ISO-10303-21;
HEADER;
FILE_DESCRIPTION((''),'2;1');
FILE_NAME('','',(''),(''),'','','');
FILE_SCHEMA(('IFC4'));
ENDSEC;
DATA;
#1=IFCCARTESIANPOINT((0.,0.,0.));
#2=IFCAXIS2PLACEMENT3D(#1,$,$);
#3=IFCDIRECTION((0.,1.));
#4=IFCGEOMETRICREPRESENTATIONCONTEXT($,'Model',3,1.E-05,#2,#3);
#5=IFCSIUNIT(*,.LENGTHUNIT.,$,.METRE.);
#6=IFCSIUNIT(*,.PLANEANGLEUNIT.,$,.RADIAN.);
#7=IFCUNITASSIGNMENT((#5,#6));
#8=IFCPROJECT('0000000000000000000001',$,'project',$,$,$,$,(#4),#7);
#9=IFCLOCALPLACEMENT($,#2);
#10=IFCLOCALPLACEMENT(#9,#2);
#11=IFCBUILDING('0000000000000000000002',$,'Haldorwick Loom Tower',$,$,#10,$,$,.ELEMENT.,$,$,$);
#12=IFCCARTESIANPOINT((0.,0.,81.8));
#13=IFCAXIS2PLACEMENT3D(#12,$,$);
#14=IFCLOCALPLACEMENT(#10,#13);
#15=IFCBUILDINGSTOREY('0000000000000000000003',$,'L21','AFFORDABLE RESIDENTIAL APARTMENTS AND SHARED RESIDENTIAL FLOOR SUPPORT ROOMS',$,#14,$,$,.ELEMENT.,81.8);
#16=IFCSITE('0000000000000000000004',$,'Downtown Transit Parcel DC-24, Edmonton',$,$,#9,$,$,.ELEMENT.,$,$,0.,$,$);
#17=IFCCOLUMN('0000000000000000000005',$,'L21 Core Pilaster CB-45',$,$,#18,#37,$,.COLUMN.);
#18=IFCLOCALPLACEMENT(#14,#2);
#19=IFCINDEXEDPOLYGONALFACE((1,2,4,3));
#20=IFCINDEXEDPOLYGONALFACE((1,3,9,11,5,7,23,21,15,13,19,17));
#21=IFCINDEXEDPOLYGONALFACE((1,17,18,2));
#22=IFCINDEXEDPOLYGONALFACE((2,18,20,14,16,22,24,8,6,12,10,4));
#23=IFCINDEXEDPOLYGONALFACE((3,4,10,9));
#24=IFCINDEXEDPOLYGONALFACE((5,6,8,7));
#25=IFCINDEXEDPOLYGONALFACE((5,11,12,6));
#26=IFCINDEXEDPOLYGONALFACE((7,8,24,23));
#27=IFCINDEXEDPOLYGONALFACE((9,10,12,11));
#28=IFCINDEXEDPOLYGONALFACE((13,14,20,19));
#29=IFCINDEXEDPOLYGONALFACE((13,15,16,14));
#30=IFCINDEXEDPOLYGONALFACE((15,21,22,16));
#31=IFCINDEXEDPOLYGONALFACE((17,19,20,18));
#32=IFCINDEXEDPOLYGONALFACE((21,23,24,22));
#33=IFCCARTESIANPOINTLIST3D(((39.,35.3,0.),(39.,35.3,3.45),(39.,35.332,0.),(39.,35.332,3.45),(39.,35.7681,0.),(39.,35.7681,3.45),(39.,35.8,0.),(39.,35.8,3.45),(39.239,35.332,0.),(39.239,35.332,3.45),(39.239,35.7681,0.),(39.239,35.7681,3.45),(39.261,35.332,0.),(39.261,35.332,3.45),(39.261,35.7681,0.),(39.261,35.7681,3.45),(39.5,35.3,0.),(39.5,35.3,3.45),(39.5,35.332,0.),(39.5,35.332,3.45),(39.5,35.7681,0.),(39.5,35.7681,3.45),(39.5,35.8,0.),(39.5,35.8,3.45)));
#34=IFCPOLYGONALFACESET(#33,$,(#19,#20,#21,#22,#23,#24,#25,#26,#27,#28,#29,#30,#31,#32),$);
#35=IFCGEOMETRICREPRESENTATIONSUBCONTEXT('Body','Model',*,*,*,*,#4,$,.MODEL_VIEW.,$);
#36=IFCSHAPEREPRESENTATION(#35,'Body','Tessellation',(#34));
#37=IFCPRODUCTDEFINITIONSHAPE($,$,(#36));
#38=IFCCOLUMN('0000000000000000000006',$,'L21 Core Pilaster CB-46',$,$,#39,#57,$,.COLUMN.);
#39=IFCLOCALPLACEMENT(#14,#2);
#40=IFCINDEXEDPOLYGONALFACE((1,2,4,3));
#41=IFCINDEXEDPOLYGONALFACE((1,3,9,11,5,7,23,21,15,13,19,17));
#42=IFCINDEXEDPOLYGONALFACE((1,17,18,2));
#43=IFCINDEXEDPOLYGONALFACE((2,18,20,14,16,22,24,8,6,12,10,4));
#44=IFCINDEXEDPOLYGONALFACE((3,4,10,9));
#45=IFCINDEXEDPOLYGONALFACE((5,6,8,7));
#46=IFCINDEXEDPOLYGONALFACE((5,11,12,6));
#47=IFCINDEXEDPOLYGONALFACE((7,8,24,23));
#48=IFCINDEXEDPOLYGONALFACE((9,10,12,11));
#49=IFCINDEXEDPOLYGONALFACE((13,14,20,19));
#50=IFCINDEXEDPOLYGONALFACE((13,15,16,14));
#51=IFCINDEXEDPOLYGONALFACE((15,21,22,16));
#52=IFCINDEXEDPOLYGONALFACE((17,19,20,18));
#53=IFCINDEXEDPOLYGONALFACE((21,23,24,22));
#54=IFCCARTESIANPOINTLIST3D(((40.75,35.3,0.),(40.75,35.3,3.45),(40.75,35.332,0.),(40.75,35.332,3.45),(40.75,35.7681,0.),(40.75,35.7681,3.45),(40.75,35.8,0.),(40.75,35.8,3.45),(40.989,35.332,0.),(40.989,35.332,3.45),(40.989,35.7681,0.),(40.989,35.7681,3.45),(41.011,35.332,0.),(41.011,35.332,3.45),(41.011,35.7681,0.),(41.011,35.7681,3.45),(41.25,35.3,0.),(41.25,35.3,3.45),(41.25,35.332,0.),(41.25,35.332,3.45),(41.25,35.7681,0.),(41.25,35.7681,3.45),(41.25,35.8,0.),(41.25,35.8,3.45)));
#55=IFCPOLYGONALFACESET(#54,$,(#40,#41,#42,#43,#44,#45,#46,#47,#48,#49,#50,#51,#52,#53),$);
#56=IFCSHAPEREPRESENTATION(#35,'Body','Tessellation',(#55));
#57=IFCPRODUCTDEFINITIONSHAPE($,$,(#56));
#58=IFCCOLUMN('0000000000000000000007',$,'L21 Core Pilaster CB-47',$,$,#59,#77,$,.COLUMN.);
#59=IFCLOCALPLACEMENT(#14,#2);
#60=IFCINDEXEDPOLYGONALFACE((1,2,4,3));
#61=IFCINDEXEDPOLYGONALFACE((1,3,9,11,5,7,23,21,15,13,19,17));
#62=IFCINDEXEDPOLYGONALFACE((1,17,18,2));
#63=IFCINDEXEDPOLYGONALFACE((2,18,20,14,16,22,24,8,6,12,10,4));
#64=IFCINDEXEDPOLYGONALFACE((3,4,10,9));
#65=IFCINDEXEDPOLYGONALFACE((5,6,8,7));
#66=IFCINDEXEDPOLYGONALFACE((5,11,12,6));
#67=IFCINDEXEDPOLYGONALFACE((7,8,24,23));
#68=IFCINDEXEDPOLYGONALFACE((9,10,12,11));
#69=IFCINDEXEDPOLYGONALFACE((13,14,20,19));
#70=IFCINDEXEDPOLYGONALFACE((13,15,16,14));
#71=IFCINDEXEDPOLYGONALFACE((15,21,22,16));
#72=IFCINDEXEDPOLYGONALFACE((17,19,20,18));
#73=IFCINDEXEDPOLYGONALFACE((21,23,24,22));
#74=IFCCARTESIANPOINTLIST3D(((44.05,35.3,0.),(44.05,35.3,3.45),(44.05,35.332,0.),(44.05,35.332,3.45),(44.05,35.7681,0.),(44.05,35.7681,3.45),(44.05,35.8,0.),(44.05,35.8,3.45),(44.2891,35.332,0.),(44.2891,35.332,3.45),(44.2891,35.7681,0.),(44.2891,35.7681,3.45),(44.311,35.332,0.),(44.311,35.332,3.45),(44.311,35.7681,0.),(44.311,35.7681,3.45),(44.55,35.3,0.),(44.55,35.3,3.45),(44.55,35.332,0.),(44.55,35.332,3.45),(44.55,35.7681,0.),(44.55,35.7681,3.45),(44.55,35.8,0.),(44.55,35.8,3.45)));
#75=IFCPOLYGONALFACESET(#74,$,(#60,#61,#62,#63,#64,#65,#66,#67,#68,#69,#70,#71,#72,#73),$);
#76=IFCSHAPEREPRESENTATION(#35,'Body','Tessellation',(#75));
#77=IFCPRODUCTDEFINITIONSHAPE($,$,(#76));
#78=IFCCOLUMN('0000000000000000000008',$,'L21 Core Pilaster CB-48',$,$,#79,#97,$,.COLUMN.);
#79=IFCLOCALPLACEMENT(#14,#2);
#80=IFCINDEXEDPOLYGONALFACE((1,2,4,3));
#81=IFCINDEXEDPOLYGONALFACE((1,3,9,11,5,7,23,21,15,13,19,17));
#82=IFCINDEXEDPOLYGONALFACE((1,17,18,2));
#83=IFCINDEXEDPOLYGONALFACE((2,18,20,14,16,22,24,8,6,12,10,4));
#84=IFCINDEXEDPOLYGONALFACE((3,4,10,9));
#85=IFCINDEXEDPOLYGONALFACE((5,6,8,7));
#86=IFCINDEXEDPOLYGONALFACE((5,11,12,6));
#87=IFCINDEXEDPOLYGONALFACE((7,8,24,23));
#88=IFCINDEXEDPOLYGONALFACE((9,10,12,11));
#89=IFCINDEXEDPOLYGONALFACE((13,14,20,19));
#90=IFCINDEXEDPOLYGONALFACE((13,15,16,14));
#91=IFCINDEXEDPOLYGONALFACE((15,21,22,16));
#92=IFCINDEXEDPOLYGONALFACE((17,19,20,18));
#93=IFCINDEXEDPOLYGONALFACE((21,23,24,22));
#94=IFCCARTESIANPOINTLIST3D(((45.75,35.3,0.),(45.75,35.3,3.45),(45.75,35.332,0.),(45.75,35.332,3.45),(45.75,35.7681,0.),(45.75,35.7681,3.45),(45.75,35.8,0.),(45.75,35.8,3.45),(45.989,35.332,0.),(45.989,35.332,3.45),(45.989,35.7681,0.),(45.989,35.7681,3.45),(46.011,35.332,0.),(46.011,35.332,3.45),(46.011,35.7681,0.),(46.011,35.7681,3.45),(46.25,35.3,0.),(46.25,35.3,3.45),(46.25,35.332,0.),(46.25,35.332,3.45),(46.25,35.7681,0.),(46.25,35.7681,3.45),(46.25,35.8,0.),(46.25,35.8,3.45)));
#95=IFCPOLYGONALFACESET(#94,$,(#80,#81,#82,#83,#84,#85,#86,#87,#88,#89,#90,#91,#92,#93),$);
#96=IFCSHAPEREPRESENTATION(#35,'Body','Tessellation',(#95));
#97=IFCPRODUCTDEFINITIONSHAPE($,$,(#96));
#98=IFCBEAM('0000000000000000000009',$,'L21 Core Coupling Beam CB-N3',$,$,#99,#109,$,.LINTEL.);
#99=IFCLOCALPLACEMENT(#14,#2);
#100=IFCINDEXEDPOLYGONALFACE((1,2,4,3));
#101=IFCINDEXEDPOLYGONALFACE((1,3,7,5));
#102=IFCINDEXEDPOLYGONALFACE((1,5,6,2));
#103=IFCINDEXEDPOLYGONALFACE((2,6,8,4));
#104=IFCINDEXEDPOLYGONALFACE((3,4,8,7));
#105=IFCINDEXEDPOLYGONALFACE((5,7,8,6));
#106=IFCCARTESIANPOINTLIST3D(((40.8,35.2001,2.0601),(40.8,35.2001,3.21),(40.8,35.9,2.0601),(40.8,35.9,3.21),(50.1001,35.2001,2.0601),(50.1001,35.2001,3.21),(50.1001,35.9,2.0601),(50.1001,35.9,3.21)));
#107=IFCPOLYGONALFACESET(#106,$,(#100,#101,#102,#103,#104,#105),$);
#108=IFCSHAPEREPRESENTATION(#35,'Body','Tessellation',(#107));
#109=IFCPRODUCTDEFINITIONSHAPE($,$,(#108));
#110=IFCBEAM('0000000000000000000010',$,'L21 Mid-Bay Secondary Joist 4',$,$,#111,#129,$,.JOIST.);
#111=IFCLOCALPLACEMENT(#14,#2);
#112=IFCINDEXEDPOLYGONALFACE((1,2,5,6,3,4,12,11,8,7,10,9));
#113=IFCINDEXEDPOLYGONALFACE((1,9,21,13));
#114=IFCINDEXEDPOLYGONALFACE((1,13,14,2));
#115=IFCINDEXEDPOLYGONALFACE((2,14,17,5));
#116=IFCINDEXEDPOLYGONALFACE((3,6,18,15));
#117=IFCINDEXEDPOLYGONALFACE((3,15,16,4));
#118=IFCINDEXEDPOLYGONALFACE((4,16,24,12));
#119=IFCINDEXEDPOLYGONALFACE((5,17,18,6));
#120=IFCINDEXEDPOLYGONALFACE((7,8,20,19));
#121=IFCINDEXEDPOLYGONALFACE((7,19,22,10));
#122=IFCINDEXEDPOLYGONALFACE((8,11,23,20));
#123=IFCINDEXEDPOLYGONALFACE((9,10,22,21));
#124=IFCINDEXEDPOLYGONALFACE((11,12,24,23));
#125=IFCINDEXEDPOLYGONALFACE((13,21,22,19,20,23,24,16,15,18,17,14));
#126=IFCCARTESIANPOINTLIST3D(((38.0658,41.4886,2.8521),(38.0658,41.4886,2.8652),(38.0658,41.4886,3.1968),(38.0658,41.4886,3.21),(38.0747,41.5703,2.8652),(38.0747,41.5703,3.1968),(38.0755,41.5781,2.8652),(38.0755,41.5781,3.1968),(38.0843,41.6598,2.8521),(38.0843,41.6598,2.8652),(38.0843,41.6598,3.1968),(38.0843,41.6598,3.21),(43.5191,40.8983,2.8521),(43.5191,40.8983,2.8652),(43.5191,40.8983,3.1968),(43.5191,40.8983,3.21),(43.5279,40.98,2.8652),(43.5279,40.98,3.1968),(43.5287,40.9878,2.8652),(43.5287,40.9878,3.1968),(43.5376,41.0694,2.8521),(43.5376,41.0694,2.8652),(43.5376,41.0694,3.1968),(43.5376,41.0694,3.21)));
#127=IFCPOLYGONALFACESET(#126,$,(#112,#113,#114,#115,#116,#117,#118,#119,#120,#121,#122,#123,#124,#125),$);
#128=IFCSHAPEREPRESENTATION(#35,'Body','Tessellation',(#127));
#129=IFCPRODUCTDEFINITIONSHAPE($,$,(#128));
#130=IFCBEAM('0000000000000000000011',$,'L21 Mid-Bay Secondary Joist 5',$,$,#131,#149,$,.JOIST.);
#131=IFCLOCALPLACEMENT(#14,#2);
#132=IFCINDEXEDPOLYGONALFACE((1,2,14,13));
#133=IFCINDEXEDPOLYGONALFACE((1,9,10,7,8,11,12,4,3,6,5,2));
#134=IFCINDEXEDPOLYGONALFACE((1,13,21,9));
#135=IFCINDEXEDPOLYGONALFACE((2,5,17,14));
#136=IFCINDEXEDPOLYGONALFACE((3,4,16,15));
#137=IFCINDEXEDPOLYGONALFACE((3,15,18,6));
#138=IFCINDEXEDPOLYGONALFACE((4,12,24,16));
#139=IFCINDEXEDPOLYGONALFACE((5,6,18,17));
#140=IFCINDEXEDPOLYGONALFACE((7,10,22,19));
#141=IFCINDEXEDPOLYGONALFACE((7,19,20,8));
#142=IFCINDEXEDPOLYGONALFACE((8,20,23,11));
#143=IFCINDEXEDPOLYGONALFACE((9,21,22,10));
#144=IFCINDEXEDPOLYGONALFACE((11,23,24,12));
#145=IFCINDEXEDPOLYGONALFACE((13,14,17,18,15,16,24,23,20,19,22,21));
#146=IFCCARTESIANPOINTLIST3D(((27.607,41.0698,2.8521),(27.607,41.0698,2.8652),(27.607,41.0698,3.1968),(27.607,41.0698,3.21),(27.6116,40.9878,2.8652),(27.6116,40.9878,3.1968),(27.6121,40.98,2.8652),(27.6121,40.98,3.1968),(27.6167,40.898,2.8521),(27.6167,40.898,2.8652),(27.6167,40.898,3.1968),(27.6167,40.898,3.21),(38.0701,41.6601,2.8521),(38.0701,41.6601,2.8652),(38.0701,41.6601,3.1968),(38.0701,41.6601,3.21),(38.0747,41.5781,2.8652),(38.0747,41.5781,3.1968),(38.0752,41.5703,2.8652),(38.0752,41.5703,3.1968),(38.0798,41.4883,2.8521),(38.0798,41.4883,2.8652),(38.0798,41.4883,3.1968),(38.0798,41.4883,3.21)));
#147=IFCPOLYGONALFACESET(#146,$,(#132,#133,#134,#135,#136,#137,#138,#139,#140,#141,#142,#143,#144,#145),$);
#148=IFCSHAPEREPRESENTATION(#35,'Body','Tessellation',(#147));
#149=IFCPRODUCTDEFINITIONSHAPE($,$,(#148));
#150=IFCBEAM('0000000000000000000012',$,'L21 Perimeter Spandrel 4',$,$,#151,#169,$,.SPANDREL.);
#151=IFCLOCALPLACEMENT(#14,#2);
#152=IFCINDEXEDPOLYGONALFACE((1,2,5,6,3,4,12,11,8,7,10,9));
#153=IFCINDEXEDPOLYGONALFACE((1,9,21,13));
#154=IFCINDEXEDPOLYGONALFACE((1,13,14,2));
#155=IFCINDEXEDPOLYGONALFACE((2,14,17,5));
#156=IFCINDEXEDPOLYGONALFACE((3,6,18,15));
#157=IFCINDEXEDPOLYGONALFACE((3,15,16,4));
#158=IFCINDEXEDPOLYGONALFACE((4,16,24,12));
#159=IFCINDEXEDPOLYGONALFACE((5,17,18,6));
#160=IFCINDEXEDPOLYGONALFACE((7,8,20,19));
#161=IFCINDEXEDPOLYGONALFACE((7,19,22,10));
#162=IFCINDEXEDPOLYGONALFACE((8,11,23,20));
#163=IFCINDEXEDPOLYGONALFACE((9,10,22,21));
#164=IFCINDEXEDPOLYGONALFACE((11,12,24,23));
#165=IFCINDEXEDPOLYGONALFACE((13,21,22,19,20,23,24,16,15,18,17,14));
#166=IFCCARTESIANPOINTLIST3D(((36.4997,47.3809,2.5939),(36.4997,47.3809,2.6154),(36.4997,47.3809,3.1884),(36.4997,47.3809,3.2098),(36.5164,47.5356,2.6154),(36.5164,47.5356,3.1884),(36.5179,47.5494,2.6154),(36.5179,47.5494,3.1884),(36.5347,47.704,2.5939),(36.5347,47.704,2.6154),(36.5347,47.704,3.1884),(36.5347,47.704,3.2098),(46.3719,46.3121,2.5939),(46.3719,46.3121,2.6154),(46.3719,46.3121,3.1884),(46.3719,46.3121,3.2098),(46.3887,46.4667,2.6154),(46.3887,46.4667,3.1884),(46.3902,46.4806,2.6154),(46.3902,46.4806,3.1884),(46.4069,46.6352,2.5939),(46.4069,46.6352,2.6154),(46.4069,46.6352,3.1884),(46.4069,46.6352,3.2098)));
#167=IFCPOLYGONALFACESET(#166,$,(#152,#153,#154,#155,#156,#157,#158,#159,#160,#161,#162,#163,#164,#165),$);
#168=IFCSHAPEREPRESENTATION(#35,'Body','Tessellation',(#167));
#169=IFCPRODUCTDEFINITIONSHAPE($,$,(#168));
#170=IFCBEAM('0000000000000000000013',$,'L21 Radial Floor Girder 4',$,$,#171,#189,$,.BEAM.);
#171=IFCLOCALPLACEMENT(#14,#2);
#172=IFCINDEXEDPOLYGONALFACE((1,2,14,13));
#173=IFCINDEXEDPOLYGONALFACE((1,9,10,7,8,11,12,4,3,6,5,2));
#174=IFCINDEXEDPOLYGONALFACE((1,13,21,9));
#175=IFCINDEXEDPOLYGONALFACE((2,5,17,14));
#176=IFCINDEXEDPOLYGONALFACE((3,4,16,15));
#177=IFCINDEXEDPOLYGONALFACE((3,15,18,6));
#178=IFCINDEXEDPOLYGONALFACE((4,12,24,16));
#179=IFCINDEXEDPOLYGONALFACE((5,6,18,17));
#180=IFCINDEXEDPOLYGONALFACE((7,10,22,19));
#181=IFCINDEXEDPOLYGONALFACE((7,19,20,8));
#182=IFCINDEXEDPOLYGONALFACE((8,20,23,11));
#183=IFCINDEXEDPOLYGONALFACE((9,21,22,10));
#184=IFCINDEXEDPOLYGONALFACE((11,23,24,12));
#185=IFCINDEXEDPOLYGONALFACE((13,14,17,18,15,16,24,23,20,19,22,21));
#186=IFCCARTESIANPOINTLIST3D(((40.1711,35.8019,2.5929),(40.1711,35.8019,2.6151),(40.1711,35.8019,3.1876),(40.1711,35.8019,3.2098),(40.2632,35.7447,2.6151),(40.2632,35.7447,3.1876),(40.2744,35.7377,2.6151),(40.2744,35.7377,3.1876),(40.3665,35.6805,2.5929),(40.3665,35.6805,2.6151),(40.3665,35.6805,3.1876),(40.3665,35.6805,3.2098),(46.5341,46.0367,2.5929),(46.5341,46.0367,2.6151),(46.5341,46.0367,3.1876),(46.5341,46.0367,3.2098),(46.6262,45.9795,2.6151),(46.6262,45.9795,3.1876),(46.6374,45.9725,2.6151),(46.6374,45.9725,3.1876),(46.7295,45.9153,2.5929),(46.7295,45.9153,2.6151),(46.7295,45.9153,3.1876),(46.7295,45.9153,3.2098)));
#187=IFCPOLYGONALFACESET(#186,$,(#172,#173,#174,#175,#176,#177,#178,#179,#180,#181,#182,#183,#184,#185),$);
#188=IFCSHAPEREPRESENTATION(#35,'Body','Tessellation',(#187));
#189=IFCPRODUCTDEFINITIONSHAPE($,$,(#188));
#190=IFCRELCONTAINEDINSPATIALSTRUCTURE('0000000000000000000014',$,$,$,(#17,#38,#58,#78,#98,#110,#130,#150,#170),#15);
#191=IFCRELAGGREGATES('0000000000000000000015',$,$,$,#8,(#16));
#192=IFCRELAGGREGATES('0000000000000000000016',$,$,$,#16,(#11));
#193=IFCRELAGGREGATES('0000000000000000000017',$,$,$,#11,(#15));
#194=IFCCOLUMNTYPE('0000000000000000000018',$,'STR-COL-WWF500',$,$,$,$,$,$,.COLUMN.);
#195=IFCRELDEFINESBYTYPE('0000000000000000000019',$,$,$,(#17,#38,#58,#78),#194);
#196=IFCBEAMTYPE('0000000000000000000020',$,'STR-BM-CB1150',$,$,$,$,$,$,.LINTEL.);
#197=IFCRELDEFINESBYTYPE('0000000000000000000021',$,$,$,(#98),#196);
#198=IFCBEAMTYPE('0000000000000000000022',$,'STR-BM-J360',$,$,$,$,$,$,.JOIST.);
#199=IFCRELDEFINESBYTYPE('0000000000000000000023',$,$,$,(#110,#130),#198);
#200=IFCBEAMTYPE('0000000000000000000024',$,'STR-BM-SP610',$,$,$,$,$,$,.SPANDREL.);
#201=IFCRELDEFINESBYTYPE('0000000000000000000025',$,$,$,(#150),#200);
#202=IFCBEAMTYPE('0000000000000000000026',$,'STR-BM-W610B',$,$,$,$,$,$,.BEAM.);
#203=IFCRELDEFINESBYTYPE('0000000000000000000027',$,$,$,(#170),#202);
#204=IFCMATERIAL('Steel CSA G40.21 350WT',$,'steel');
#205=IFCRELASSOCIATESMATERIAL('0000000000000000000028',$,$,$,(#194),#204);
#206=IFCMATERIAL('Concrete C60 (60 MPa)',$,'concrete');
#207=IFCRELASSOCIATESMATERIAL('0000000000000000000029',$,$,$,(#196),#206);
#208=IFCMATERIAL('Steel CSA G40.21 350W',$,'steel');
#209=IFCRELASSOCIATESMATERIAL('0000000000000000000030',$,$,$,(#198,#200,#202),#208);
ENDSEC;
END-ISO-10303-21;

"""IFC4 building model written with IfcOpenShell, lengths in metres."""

from ifc_helpers import new_model, si_unit, direction, frame, origin, origin_2d, place, context, subcontext, project, spatial, rectangle, i_section, extrude, material, material_profile, profile_set, type_object, element, save


model = new_model("IFC4")

# Units and contexts
model_context = context("Model", 3, precision=1e-05, world=origin(), true_north=direction((0.0, 1.0)))
body_context = subcontext(model_context, "Body", "Model", "MODEL_VIEW")
ifc_project = project(units=[si_unit("LENGTHUNIT", "METRE"), si_unit("PLANEANGLEUNIT", "RADIAN")], contexts=[model_context])

# Site, building, storey
site_placement = place(None, origin())
site = spatial("IfcSite", under=ifc_project, at=site_placement, Name="Downtown Transit Parcel DC-24, Edmonton", CompositionType="ELEMENT", RefElevation=0.0)
building_placement = place(site_placement, origin())
building = spatial("IfcBuilding", under=site, at=building_placement, Name="Haldorwick Loom Tower", CompositionType="ELEMENT")
storey_placement = place(building_placement, frame((0.0, 0.0, 81.8)))
storey = spatial("IfcBuildingStorey", under=building, at=storey_placement, Name="L21", Description="AFFORDABLE RESIDENTIAL APARTMENTS AND SHARED RESIDENTIAL FLOOR SUPPORT ROOMS", CompositionType="ELEMENT", Elevation=81.8)

# Columns
ifc_material_1 = material(Name="Concrete C60 (60 MPa)", Category="concrete")
ifc_material_2 = material(Name="Steel CSA G40.21 350WT", Category="steel")
ifc_material_profile_1 = material_profile(ifc_material_2, i_section(OverallWidth=0.5, OverallDepth=0.5, WebThickness=0.022, FlangeThickness=0.032, at=origin_2d()), Name="WWF500X500", Category="steel")
ifc_profile_set_1 = profile_set([ifc_material_profile_1], Name="Steel CSA G40.21 350WT")
column_type_1 = type_object("IfcColumnType", Name="STR-COL-WWF500", PredefinedType="COLUMN", material=ifc_profile_set_1)
for number, where, z_axis, x_axis, name in (
    (1, (39.25, 35.55, 0.0), (0.0, 0.0, 1.0), (1.0, 0.0, 0.0), "L21 Core Pilaster CB-45"),
    (2, (41.0, 35.55, 0.0), (0.0, 0.0, 1.0), (1.0, 0.0, 0.0), "L21 Core Pilaster CB-46"),
    (3, (44.3, 35.55, 0.0), (0.0, 0.0, 1.0), (1.0, 0.0, 0.0), "L21 Core Pilaster CB-47"),
    (4, (46.0, 35.55, 0.0), (0.0, 0.0, 1.0), (1.0, 0.0, 0.0), "L21 Core Pilaster CB-48"),
):
    element("IfcColumn", number, at=place(storey_placement, frame(where, z_axis=z_axis, x_axis=x_axis)), inside=storey, type_object=column_type_1, Name=name, PredefinedType="COLUMN", context=body_context, shape_type="SweptSolid", body=[
        extrude(i_section(OverallWidth=0.5, OverallDepth=0.5, WebThickness=0.022, FlangeThickness=0.032, at=origin_2d()), origin(), (0.0, 0.0, 1.0), 3.45),
    ])

# Beams
ifc_material_profile_2 = material_profile(ifc_material_1, rectangle(XDim=0.7, YDim=1.1499, at=origin_2d()), Name="RC700X1150", Category="concrete")
ifc_profile_set_2 = profile_set([ifc_material_profile_2], Name="Concrete C60 (60 MPa)")
beam_type_1 = type_object("IfcBeamType", Name="STR-BM-CB1150", PredefinedType="LINTEL", material=ifc_profile_set_2)
beam_1_placement = place(storey_placement, frame((40.8, 35.55, 2.635), z_axis=(1.0, 0.0, 0.0), x_axis=(0.0, 1.0, 0.0)))
element("IfcBeam", 5, at=beam_1_placement, inside=storey, type_object=beam_type_1, Name="L21 Core Coupling Beam CB-N3", PredefinedType="LINTEL", context=body_context, shape_type="SweptSolid", body=[
    extrude(rectangle(XDim=0.7, YDim=1.1499, at=origin_2d()), origin(), (0.0, 0.0, 1.0), 9.3),
])
ifc_material_3 = material(Name="Steel CSA G40.21 350W", Category="steel")
ifc_material_profile_3 = material_profile(ifc_material_3, i_section(OverallWidth=0.1721, OverallDepth=0.3579, WebThickness=0.0078, FlangeThickness=0.0132, at=origin_2d()), Name="W360X57", Category="steel")
ifc_profile_set_3 = profile_set([ifc_material_profile_3], Name="Steel CSA G40.21 350W")
beam_type_2 = type_object("IfcBeamType", Name="STR-BM-J360", PredefinedType="JOIST", material=ifc_profile_set_3)
beam_2_placement = place(storey_placement, frame((43.5283, 40.9839, 3.031), z_axis=(-0.994192, 0.107622, 0.0), x_axis=(-0.107622, -0.994192, 0.0)))
element("IfcBeam", 6, at=beam_2_placement, inside=storey, type_object=beam_type_2, Name="L21 Mid-Bay Secondary Joist 4", PredefinedType="JOIST", context=body_context, shape_type="SweptSolid", body=[
    extrude(i_section(OverallWidth=0.1721, OverallDepth=0.3579, WebThickness=0.0078, FlangeThickness=0.0132, at=origin_2d()), origin(), (0.0, 0.0, 1.0), 5.4851),
])
beam_3_placement = place(storey_placement, frame((38.075, 41.5742, 3.031), z_axis=(-0.998412, -0.056331, 0.0), x_axis=(0.056331, -0.998412, 0.0)))
element("IfcBeam", 7, at=beam_3_placement, inside=storey, type_object=beam_type_2, Name="L21 Mid-Bay Secondary Joist 5", PredefinedType="JOIST", context=body_context, shape_type="SweptSolid", body=[
    extrude(i_section(OverallWidth=0.1721, OverallDepth=0.3579, WebThickness=0.0078, FlangeThickness=0.0132, at=origin_2d()), origin(), (0.0, 0.0, 1.0), 10.4797),
])
ifc_material_profile_4 = material_profile(ifc_material_3, i_section(OverallWidth=0.325, OverallDepth=0.616, WebThickness=0.0139, FlangeThickness=0.0215, at=origin_2d()), Name="W610X174", Category="steel")
ifc_profile_set_4 = profile_set([ifc_material_profile_4], Name="Steel CSA G40.21 350W")
beam_type_3 = type_object("IfcBeamType", Name="STR-BM-SP610", PredefinedType="SPANDREL", material=ifc_profile_set_4)
beam_4_placement = place(storey_placement, frame((46.3894, 46.4736, 2.9019), z_axis=(-0.99419, 0.107638, 0.0), x_axis=(-0.107638, -0.99419, 0.0)))
element("IfcBeam", 8, at=beam_4_placement, inside=storey, type_object=beam_type_3, Name="L21 Perimeter Spandrel 4", PredefinedType="SPANDREL", context=body_context, shape_type="SweptSolid", body=[
    extrude(i_section(OverallWidth=0.325, OverallDepth=0.616, WebThickness=0.0139, FlangeThickness=0.0215, at=origin_2d()), origin(), (0.0, 0.0, 1.0), 9.9299),
])
ifc_material_profile_5 = material_profile(ifc_material_3, i_section(OverallWidth=0.23, OverallDepth=0.6169, WebThickness=0.0132, FlangeThickness=0.0222, at=origin_2d()), Name="W610X140", Category="steel")
ifc_profile_set_5 = profile_set([ifc_material_profile_5], Name="Steel CSA G40.21 350W")
beam_type_4 = type_object("IfcBeamType", Name="STR-BM-W610B", PredefinedType="BEAM", material=ifc_profile_set_5)
beam_5_placement = place(storey_placement, frame((40.2688, 35.7412, 2.9014), z_axis=(0.527983, 0.849255, 0.0), x_axis=(-0.849255, 0.527983, 0.0)))
element("IfcBeam", 9, at=beam_5_placement, inside=storey, type_object=beam_type_4, Name="L21 Radial Floor Girder 4", PredefinedType="BEAM", context=body_context, shape_type="SweptSolid", body=[
    extrude(i_section(OverallWidth=0.23, OverallDepth=0.6169, WebThickness=0.0132, FlangeThickness=0.0222, at=origin_2d()), origin(), (0.0, 0.0, 1.0), 12.0515),
])

save(model, "model.ifc")
